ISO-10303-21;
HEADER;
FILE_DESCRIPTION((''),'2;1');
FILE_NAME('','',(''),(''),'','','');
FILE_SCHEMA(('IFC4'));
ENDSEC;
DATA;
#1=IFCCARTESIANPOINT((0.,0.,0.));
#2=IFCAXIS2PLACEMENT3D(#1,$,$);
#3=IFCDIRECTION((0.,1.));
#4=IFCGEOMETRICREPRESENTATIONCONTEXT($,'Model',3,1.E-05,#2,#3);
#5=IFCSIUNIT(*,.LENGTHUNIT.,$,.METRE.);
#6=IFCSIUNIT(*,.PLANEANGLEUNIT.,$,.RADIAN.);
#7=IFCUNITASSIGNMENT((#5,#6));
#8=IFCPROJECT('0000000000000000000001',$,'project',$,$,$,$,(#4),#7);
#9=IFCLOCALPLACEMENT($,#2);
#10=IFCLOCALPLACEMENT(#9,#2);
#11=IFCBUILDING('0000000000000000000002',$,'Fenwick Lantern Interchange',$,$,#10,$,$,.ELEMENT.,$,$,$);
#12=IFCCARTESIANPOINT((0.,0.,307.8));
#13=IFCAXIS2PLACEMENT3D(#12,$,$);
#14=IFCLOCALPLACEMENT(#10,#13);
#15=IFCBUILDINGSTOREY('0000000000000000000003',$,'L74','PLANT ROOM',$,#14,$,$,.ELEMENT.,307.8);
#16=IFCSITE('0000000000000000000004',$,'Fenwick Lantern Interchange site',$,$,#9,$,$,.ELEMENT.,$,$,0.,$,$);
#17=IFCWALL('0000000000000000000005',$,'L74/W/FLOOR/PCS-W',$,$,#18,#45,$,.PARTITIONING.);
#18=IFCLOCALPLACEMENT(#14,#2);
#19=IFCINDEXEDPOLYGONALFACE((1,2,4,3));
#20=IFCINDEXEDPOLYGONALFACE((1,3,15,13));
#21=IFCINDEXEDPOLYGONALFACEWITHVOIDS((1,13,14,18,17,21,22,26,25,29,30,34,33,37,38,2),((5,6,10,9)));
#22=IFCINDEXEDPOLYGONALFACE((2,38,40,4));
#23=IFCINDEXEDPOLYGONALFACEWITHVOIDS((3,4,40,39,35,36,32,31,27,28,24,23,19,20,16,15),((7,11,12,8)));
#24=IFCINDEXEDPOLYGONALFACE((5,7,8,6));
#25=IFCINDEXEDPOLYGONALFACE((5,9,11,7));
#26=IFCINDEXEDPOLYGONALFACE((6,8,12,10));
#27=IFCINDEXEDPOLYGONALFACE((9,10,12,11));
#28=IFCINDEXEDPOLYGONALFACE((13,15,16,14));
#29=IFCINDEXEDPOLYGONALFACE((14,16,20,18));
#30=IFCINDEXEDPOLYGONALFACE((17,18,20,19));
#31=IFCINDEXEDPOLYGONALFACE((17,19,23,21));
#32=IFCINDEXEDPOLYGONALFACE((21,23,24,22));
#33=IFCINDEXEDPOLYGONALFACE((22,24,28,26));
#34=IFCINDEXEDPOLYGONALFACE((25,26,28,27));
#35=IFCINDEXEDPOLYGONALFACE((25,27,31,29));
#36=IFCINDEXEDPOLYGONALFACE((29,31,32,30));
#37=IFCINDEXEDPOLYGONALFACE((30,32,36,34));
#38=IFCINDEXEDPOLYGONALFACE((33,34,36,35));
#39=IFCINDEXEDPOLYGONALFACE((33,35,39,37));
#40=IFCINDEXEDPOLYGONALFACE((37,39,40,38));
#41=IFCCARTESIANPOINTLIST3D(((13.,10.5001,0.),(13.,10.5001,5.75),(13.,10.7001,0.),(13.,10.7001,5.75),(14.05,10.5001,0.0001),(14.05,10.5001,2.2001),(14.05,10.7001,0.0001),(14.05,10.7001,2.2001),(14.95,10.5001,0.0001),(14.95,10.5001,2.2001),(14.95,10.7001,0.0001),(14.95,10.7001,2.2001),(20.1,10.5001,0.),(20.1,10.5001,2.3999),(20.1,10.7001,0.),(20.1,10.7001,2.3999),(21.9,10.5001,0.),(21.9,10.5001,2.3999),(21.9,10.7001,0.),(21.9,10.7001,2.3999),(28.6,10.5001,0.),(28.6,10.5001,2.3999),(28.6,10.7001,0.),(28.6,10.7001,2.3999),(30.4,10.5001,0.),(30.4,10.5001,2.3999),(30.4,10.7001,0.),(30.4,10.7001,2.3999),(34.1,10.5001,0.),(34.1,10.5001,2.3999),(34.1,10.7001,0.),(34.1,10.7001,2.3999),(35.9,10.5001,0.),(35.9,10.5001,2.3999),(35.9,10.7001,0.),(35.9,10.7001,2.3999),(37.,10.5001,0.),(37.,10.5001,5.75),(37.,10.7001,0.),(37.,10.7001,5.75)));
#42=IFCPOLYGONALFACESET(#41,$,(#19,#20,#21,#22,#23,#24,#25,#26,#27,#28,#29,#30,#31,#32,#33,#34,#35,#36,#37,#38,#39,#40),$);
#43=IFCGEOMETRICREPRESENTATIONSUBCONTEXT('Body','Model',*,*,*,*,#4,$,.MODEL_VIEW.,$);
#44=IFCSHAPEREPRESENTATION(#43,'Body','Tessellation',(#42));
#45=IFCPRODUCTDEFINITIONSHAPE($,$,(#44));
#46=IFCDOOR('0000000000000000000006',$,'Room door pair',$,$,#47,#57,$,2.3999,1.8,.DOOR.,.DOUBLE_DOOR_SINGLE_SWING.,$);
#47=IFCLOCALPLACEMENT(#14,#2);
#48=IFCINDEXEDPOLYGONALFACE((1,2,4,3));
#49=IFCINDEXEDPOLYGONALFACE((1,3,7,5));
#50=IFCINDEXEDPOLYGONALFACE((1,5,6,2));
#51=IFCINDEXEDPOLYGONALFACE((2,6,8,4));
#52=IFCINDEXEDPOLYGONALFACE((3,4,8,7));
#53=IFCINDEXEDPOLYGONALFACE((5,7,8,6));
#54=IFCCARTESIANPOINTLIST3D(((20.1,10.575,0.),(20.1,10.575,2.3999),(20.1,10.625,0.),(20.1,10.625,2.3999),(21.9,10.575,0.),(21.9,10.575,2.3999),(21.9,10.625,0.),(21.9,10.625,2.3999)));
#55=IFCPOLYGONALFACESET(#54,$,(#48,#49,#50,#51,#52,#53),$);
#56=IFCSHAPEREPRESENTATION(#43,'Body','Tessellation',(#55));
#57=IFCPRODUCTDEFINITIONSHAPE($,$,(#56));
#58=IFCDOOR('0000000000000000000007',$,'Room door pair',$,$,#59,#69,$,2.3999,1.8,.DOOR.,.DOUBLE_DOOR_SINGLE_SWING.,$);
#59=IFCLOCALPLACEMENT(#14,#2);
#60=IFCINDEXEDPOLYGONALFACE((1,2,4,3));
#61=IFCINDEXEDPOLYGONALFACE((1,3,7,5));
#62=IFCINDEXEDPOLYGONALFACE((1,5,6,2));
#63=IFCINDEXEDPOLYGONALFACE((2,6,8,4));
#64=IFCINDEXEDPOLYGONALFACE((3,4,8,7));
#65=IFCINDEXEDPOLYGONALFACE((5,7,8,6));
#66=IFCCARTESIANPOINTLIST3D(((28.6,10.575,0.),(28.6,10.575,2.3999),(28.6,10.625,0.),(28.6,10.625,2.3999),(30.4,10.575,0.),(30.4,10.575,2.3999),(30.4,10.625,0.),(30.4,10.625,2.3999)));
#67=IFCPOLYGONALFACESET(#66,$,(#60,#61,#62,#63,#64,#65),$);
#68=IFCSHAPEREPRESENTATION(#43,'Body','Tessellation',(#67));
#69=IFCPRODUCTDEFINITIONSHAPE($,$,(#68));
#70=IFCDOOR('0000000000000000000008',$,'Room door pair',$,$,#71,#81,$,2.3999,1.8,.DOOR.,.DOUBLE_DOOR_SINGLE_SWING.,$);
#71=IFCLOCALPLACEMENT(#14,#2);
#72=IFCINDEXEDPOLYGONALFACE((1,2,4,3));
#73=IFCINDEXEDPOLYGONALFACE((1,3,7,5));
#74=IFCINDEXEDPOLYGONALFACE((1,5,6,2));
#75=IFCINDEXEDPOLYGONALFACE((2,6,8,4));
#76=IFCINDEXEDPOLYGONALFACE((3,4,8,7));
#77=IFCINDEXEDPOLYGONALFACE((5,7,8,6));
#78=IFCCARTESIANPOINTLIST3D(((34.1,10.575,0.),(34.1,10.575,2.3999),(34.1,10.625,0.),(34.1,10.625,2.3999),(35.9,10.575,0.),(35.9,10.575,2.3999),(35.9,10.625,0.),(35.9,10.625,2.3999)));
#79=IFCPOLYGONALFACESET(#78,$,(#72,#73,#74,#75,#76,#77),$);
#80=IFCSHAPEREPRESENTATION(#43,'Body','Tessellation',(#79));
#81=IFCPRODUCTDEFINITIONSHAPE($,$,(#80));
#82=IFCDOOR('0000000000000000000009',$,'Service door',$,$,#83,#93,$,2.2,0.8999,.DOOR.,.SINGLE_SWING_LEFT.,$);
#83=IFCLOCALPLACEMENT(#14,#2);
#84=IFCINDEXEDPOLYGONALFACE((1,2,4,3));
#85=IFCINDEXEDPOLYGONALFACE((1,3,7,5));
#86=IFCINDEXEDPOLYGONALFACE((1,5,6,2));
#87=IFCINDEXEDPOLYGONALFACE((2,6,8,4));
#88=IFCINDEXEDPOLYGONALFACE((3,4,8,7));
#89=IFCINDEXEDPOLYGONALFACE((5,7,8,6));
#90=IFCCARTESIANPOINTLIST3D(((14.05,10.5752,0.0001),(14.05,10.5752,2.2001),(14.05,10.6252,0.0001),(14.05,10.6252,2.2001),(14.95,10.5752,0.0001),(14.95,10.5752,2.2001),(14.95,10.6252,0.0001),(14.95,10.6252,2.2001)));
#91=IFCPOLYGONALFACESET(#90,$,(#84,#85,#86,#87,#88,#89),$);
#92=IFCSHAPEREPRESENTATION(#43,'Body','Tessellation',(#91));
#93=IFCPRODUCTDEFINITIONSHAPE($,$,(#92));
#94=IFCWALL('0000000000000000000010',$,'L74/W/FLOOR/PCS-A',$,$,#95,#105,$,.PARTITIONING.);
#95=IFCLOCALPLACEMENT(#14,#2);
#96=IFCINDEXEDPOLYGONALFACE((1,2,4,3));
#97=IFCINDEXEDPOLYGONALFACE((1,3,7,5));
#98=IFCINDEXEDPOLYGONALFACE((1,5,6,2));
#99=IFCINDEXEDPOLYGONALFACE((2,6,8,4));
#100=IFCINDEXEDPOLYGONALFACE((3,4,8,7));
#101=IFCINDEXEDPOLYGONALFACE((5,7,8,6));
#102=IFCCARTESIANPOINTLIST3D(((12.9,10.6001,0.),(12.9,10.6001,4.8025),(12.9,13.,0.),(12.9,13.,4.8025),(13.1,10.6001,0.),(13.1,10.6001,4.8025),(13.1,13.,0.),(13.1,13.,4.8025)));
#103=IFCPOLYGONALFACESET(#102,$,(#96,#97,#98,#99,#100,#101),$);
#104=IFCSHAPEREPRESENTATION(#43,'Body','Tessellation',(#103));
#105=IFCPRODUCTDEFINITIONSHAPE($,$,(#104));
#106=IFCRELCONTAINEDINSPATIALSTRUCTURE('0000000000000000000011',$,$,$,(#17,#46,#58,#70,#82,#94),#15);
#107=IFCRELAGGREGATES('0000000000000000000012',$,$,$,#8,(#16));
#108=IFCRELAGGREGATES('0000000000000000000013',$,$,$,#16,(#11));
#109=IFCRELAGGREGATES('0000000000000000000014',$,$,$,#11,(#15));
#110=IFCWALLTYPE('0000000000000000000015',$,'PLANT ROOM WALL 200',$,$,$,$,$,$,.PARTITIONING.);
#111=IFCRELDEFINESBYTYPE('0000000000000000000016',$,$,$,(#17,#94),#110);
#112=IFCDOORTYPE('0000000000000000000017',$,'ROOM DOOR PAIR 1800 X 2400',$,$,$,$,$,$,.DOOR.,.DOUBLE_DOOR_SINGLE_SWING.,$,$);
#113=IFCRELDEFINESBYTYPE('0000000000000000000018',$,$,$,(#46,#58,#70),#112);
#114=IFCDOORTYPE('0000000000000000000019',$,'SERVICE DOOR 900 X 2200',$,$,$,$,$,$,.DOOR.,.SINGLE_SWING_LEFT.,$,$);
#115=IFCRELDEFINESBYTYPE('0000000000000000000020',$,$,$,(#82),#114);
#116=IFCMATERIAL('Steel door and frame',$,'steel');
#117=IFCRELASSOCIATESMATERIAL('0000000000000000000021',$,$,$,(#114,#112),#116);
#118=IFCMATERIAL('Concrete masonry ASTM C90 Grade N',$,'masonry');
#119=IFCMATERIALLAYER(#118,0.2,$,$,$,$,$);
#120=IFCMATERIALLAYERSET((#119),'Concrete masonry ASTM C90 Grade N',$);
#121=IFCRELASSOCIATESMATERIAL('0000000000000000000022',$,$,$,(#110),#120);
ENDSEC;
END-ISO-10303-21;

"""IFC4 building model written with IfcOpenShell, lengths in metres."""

from ifc_helpers import new_model, si_unit, direction, frame, frame_2d, origin, place, context, subcontext, project, spatial, rectangle, extrude, material, layer, layer_set, type_object, element, fill, save


model = new_model("IFC4")

# Units and contexts
model_context = context("Model", 3, precision=1e-05, world=origin(), true_north=direction((0.0, 1.0)))
body_context = subcontext(model_context, "Body", "Model", "MODEL_VIEW")
ifc_project = project(units=[si_unit("LENGTHUNIT", "METRE"), si_unit("PLANEANGLEUNIT", "RADIAN")], contexts=[model_context])

# Site, building, storey
site_placement = place(None, origin())
site = spatial("IfcSite", under=ifc_project, at=site_placement, Name="Fenwick Lantern Interchange site", CompositionType="ELEMENT", RefElevation=0.0)
building_placement = place(site_placement, origin())
building = spatial("IfcBuilding", under=site, at=building_placement, Name="Fenwick Lantern Interchange", CompositionType="ELEMENT")
storey_placement = place(building_placement, frame((0.0, 0.0, 307.8)))
storey = spatial("IfcBuildingStorey", under=building, at=storey_placement, Name="L74", Description="PLANT ROOM", CompositionType="ELEMENT", Elevation=307.8)

# Shared definitions
ifc_material_1 = material(Name="Concrete masonry ASTM C90 Grade N", Category="masonry")

# Wall, openings, doors
ifc_material_2 = material(Name="Steel door and frame", Category="steel")
door_type_1 = type_object("IfcDoorType", Name="SERVICE DOOR 900 X 2200", OperationType="SINGLE_SWING_LEFT", PredefinedType="DOOR", material=ifc_material_2)
ifc_layer_1 = layer(ifc_material_1, 0.2)
ifc_layer_set_1 = layer_set([ifc_layer_1], Name="Concrete masonry ASTM C90 Grade N")
wall_type_1 = type_object("IfcWallType", Name="PLANT ROOM WALL 200", PredefinedType="PARTITIONING", material=ifc_layer_set_1)
wall_1_placement = place(storey_placement, frame((13.0, 10.6001, 0.0), z_axis=(0.0, 0.0, 1.0), x_axis=(1.0, 0.0, 0.0)))
wall_1 = element("IfcWall", 1, at=wall_1_placement, inside=storey, type_object=wall_type_1, Name="L74/W/FLOOR/PCS-W", PredefinedType="PARTITIONING", context=body_context, shape_type="SweptSolid", body=[
    extrude(rectangle(XDim=24.0, YDim=0.2, at=frame_2d((12.0, 0.0))), origin(), (0.0, 0.0, 1.0), 5.75),
])
opening_1_placement = place(wall_1_placement, frame((1.05, 0.0, 0.0)))
opening_1 = element("IfcOpeningElement", 2, at=opening_1_placement, cuts=wall_1, PredefinedType="OPENING", context=body_context, shape_type="SweptSolid", body=[
    extrude(rectangle(XDim=0.8999, YDim=2.2, at=frame_2d((0.45, 1.1001))), frame((0.0, 0.1099, 0.0), z_axis=(0.0, -1.0, 0.0), x_axis=(1.0, 0.0, 0.0)), (0.0, 0.0, 1.0), 0.22),
])
opening_2_placement = place(wall_1_placement, frame((7.1001, 0.0, 0.0)))
opening_2 = element("IfcOpeningElement", 3, at=opening_2_placement, cuts=wall_1, PredefinedType="OPENING", context=body_context, shape_type="SweptSolid", body=[
    extrude(rectangle(XDim=1.8, YDim=2.3999, at=frame_2d((0.8999, 1.2))), frame((0.0, 0.1099, 0.0), z_axis=(0.0, -1.0, 0.0), x_axis=(1.0, 0.0, 0.0)), (0.0, 0.0, 1.0), 0.22),
])
opening_3_placement = place(wall_1_placement, frame((15.6001, 0.0, 0.0)))
opening_3 = element("IfcOpeningElement", 4, at=opening_3_placement, cuts=wall_1, PredefinedType="OPENING", context=body_context, shape_type="SweptSolid", body=[
    extrude(rectangle(XDim=1.8, YDim=2.3999, at=frame_2d((0.8999, 1.2))), frame((0.0, 0.1099, 0.0), z_axis=(0.0, -1.0, 0.0), x_axis=(1.0, 0.0, 0.0)), (0.0, 0.0, 1.0), 0.22),
])
opening_4_placement = place(wall_1_placement, frame((21.1001, 0.0, 0.0)))
opening_4 = element("IfcOpeningElement", 5, at=opening_4_placement, cuts=wall_1, PredefinedType="OPENING", context=body_context, shape_type="SweptSolid", body=[
    extrude(rectangle(XDim=1.8, YDim=2.3999, at=frame_2d((0.8999, 1.2))), frame((0.0, 0.1099, 0.0), z_axis=(0.0, -1.0, 0.0), x_axis=(1.0, 0.0, 0.0)), (0.0, 0.0, 1.0), 0.22),
])
door_type_2 = type_object("IfcDoorType", Name="ROOM DOOR PAIR 1800 X 2400", OperationType="DOUBLE_DOOR_SINGLE_SWING", PredefinedType="DOOR", material=ifc_material_2)
door_1_placement = place(opening_2_placement, origin())
door_1 = element("IfcDoor", 6, at=door_1_placement, inside=storey, type_object=door_type_2, Name="Room door pair", OperationType="DOUBLE_DOOR_SINGLE_SWING", OverallHeight=2.3999, OverallWidth=1.8, PredefinedType="DOOR", context=body_context, shape_type="SweptSolid", body=[
    extrude(rectangle(XDim=1.8, YDim=2.3999, at=frame_2d((0.8999, 1.2))), frame((0.0, 0.0249, 0.0), z_axis=(0.0, -1.0, 0.0), x_axis=(1.0, 0.0, 0.0)), (0.0, 0.0, 1.0), 0.05),
])
fill(opening_2, door_1)
door_2_placement = place(opening_3_placement, origin())
door_2 = element("IfcDoor", 7, at=door_2_placement, inside=storey, type_object=door_type_2, Name="Room door pair", OperationType="DOUBLE_DOOR_SINGLE_SWING", OverallHeight=2.3999, OverallWidth=1.8, PredefinedType="DOOR", context=body_context, shape_type="SweptSolid", body=[
    extrude(rectangle(XDim=1.8, YDim=2.3999, at=frame_2d((0.8999, 1.2))), frame((0.0, 0.0249, 0.0), z_axis=(0.0, -1.0, 0.0), x_axis=(1.0, 0.0, 0.0)), (0.0, 0.0, 1.0), 0.05),
])
fill(opening_3, door_2)
door_3_placement = place(opening_4_placement, origin())
door_3 = element("IfcDoor", 8, at=door_3_placement, inside=storey, type_object=door_type_2, Name="Room door pair", OperationType="DOUBLE_DOOR_SINGLE_SWING", OverallHeight=2.3999, OverallWidth=1.8, PredefinedType="DOOR", context=body_context, shape_type="SweptSolid", body=[
    extrude(rectangle(XDim=1.8, YDim=2.3999, at=frame_2d((0.8999, 1.2))), frame((0.0, 0.0249, 0.0), z_axis=(0.0, -1.0, 0.0), x_axis=(1.0, 0.0, 0.0)), (0.0, 0.0, 1.0), 0.05),
])
fill(opening_4, door_3)
door_4_placement = place(opening_1_placement, frame((0.8999, 0.0, 0.0), z_axis=(0.0, 0.0, 1.0), x_axis=(-1.0, 0.0, 0.0)))
door_4 = element("IfcDoor", 9, at=door_4_placement, inside=storey, type_object=door_type_1, Name="Service door", OperationType="SINGLE_SWING_LEFT", OverallHeight=2.2, OverallWidth=0.8999, PredefinedType="DOOR", context=body_context, shape_type="SweptSolid", body=[
    extrude(rectangle(XDim=0.8999, YDim=2.2, at=frame_2d((0.45, 1.1001))), frame((0.0, 0.0249, 0.0), z_axis=(0.0, -1.0, 0.0), x_axis=(1.0, 0.0, 0.0)), (0.0, 0.0, 1.0), 0.05),
])
fill(opening_1, door_4)

# Wall
wall_2_placement = place(storey_placement, frame((13.0, 10.6001, 0.0), z_axis=(0.0, 0.0, 1.0), x_axis=(0.0, 1.0, 0.0)))
element("IfcWall", 10, at=wall_2_placement, inside=storey, type_object=wall_type_1, Name="L74/W/FLOOR/PCS-A", PredefinedType="PARTITIONING", context=body_context, shape_type="SweptSolid", body=[
    extrude(rectangle(XDim=2.3999, YDim=0.2, at=frame_2d((1.2, 0.0))), origin(), (0.0, 0.0, 1.0), 4.8025),
])

save(model, "model.ifc")
